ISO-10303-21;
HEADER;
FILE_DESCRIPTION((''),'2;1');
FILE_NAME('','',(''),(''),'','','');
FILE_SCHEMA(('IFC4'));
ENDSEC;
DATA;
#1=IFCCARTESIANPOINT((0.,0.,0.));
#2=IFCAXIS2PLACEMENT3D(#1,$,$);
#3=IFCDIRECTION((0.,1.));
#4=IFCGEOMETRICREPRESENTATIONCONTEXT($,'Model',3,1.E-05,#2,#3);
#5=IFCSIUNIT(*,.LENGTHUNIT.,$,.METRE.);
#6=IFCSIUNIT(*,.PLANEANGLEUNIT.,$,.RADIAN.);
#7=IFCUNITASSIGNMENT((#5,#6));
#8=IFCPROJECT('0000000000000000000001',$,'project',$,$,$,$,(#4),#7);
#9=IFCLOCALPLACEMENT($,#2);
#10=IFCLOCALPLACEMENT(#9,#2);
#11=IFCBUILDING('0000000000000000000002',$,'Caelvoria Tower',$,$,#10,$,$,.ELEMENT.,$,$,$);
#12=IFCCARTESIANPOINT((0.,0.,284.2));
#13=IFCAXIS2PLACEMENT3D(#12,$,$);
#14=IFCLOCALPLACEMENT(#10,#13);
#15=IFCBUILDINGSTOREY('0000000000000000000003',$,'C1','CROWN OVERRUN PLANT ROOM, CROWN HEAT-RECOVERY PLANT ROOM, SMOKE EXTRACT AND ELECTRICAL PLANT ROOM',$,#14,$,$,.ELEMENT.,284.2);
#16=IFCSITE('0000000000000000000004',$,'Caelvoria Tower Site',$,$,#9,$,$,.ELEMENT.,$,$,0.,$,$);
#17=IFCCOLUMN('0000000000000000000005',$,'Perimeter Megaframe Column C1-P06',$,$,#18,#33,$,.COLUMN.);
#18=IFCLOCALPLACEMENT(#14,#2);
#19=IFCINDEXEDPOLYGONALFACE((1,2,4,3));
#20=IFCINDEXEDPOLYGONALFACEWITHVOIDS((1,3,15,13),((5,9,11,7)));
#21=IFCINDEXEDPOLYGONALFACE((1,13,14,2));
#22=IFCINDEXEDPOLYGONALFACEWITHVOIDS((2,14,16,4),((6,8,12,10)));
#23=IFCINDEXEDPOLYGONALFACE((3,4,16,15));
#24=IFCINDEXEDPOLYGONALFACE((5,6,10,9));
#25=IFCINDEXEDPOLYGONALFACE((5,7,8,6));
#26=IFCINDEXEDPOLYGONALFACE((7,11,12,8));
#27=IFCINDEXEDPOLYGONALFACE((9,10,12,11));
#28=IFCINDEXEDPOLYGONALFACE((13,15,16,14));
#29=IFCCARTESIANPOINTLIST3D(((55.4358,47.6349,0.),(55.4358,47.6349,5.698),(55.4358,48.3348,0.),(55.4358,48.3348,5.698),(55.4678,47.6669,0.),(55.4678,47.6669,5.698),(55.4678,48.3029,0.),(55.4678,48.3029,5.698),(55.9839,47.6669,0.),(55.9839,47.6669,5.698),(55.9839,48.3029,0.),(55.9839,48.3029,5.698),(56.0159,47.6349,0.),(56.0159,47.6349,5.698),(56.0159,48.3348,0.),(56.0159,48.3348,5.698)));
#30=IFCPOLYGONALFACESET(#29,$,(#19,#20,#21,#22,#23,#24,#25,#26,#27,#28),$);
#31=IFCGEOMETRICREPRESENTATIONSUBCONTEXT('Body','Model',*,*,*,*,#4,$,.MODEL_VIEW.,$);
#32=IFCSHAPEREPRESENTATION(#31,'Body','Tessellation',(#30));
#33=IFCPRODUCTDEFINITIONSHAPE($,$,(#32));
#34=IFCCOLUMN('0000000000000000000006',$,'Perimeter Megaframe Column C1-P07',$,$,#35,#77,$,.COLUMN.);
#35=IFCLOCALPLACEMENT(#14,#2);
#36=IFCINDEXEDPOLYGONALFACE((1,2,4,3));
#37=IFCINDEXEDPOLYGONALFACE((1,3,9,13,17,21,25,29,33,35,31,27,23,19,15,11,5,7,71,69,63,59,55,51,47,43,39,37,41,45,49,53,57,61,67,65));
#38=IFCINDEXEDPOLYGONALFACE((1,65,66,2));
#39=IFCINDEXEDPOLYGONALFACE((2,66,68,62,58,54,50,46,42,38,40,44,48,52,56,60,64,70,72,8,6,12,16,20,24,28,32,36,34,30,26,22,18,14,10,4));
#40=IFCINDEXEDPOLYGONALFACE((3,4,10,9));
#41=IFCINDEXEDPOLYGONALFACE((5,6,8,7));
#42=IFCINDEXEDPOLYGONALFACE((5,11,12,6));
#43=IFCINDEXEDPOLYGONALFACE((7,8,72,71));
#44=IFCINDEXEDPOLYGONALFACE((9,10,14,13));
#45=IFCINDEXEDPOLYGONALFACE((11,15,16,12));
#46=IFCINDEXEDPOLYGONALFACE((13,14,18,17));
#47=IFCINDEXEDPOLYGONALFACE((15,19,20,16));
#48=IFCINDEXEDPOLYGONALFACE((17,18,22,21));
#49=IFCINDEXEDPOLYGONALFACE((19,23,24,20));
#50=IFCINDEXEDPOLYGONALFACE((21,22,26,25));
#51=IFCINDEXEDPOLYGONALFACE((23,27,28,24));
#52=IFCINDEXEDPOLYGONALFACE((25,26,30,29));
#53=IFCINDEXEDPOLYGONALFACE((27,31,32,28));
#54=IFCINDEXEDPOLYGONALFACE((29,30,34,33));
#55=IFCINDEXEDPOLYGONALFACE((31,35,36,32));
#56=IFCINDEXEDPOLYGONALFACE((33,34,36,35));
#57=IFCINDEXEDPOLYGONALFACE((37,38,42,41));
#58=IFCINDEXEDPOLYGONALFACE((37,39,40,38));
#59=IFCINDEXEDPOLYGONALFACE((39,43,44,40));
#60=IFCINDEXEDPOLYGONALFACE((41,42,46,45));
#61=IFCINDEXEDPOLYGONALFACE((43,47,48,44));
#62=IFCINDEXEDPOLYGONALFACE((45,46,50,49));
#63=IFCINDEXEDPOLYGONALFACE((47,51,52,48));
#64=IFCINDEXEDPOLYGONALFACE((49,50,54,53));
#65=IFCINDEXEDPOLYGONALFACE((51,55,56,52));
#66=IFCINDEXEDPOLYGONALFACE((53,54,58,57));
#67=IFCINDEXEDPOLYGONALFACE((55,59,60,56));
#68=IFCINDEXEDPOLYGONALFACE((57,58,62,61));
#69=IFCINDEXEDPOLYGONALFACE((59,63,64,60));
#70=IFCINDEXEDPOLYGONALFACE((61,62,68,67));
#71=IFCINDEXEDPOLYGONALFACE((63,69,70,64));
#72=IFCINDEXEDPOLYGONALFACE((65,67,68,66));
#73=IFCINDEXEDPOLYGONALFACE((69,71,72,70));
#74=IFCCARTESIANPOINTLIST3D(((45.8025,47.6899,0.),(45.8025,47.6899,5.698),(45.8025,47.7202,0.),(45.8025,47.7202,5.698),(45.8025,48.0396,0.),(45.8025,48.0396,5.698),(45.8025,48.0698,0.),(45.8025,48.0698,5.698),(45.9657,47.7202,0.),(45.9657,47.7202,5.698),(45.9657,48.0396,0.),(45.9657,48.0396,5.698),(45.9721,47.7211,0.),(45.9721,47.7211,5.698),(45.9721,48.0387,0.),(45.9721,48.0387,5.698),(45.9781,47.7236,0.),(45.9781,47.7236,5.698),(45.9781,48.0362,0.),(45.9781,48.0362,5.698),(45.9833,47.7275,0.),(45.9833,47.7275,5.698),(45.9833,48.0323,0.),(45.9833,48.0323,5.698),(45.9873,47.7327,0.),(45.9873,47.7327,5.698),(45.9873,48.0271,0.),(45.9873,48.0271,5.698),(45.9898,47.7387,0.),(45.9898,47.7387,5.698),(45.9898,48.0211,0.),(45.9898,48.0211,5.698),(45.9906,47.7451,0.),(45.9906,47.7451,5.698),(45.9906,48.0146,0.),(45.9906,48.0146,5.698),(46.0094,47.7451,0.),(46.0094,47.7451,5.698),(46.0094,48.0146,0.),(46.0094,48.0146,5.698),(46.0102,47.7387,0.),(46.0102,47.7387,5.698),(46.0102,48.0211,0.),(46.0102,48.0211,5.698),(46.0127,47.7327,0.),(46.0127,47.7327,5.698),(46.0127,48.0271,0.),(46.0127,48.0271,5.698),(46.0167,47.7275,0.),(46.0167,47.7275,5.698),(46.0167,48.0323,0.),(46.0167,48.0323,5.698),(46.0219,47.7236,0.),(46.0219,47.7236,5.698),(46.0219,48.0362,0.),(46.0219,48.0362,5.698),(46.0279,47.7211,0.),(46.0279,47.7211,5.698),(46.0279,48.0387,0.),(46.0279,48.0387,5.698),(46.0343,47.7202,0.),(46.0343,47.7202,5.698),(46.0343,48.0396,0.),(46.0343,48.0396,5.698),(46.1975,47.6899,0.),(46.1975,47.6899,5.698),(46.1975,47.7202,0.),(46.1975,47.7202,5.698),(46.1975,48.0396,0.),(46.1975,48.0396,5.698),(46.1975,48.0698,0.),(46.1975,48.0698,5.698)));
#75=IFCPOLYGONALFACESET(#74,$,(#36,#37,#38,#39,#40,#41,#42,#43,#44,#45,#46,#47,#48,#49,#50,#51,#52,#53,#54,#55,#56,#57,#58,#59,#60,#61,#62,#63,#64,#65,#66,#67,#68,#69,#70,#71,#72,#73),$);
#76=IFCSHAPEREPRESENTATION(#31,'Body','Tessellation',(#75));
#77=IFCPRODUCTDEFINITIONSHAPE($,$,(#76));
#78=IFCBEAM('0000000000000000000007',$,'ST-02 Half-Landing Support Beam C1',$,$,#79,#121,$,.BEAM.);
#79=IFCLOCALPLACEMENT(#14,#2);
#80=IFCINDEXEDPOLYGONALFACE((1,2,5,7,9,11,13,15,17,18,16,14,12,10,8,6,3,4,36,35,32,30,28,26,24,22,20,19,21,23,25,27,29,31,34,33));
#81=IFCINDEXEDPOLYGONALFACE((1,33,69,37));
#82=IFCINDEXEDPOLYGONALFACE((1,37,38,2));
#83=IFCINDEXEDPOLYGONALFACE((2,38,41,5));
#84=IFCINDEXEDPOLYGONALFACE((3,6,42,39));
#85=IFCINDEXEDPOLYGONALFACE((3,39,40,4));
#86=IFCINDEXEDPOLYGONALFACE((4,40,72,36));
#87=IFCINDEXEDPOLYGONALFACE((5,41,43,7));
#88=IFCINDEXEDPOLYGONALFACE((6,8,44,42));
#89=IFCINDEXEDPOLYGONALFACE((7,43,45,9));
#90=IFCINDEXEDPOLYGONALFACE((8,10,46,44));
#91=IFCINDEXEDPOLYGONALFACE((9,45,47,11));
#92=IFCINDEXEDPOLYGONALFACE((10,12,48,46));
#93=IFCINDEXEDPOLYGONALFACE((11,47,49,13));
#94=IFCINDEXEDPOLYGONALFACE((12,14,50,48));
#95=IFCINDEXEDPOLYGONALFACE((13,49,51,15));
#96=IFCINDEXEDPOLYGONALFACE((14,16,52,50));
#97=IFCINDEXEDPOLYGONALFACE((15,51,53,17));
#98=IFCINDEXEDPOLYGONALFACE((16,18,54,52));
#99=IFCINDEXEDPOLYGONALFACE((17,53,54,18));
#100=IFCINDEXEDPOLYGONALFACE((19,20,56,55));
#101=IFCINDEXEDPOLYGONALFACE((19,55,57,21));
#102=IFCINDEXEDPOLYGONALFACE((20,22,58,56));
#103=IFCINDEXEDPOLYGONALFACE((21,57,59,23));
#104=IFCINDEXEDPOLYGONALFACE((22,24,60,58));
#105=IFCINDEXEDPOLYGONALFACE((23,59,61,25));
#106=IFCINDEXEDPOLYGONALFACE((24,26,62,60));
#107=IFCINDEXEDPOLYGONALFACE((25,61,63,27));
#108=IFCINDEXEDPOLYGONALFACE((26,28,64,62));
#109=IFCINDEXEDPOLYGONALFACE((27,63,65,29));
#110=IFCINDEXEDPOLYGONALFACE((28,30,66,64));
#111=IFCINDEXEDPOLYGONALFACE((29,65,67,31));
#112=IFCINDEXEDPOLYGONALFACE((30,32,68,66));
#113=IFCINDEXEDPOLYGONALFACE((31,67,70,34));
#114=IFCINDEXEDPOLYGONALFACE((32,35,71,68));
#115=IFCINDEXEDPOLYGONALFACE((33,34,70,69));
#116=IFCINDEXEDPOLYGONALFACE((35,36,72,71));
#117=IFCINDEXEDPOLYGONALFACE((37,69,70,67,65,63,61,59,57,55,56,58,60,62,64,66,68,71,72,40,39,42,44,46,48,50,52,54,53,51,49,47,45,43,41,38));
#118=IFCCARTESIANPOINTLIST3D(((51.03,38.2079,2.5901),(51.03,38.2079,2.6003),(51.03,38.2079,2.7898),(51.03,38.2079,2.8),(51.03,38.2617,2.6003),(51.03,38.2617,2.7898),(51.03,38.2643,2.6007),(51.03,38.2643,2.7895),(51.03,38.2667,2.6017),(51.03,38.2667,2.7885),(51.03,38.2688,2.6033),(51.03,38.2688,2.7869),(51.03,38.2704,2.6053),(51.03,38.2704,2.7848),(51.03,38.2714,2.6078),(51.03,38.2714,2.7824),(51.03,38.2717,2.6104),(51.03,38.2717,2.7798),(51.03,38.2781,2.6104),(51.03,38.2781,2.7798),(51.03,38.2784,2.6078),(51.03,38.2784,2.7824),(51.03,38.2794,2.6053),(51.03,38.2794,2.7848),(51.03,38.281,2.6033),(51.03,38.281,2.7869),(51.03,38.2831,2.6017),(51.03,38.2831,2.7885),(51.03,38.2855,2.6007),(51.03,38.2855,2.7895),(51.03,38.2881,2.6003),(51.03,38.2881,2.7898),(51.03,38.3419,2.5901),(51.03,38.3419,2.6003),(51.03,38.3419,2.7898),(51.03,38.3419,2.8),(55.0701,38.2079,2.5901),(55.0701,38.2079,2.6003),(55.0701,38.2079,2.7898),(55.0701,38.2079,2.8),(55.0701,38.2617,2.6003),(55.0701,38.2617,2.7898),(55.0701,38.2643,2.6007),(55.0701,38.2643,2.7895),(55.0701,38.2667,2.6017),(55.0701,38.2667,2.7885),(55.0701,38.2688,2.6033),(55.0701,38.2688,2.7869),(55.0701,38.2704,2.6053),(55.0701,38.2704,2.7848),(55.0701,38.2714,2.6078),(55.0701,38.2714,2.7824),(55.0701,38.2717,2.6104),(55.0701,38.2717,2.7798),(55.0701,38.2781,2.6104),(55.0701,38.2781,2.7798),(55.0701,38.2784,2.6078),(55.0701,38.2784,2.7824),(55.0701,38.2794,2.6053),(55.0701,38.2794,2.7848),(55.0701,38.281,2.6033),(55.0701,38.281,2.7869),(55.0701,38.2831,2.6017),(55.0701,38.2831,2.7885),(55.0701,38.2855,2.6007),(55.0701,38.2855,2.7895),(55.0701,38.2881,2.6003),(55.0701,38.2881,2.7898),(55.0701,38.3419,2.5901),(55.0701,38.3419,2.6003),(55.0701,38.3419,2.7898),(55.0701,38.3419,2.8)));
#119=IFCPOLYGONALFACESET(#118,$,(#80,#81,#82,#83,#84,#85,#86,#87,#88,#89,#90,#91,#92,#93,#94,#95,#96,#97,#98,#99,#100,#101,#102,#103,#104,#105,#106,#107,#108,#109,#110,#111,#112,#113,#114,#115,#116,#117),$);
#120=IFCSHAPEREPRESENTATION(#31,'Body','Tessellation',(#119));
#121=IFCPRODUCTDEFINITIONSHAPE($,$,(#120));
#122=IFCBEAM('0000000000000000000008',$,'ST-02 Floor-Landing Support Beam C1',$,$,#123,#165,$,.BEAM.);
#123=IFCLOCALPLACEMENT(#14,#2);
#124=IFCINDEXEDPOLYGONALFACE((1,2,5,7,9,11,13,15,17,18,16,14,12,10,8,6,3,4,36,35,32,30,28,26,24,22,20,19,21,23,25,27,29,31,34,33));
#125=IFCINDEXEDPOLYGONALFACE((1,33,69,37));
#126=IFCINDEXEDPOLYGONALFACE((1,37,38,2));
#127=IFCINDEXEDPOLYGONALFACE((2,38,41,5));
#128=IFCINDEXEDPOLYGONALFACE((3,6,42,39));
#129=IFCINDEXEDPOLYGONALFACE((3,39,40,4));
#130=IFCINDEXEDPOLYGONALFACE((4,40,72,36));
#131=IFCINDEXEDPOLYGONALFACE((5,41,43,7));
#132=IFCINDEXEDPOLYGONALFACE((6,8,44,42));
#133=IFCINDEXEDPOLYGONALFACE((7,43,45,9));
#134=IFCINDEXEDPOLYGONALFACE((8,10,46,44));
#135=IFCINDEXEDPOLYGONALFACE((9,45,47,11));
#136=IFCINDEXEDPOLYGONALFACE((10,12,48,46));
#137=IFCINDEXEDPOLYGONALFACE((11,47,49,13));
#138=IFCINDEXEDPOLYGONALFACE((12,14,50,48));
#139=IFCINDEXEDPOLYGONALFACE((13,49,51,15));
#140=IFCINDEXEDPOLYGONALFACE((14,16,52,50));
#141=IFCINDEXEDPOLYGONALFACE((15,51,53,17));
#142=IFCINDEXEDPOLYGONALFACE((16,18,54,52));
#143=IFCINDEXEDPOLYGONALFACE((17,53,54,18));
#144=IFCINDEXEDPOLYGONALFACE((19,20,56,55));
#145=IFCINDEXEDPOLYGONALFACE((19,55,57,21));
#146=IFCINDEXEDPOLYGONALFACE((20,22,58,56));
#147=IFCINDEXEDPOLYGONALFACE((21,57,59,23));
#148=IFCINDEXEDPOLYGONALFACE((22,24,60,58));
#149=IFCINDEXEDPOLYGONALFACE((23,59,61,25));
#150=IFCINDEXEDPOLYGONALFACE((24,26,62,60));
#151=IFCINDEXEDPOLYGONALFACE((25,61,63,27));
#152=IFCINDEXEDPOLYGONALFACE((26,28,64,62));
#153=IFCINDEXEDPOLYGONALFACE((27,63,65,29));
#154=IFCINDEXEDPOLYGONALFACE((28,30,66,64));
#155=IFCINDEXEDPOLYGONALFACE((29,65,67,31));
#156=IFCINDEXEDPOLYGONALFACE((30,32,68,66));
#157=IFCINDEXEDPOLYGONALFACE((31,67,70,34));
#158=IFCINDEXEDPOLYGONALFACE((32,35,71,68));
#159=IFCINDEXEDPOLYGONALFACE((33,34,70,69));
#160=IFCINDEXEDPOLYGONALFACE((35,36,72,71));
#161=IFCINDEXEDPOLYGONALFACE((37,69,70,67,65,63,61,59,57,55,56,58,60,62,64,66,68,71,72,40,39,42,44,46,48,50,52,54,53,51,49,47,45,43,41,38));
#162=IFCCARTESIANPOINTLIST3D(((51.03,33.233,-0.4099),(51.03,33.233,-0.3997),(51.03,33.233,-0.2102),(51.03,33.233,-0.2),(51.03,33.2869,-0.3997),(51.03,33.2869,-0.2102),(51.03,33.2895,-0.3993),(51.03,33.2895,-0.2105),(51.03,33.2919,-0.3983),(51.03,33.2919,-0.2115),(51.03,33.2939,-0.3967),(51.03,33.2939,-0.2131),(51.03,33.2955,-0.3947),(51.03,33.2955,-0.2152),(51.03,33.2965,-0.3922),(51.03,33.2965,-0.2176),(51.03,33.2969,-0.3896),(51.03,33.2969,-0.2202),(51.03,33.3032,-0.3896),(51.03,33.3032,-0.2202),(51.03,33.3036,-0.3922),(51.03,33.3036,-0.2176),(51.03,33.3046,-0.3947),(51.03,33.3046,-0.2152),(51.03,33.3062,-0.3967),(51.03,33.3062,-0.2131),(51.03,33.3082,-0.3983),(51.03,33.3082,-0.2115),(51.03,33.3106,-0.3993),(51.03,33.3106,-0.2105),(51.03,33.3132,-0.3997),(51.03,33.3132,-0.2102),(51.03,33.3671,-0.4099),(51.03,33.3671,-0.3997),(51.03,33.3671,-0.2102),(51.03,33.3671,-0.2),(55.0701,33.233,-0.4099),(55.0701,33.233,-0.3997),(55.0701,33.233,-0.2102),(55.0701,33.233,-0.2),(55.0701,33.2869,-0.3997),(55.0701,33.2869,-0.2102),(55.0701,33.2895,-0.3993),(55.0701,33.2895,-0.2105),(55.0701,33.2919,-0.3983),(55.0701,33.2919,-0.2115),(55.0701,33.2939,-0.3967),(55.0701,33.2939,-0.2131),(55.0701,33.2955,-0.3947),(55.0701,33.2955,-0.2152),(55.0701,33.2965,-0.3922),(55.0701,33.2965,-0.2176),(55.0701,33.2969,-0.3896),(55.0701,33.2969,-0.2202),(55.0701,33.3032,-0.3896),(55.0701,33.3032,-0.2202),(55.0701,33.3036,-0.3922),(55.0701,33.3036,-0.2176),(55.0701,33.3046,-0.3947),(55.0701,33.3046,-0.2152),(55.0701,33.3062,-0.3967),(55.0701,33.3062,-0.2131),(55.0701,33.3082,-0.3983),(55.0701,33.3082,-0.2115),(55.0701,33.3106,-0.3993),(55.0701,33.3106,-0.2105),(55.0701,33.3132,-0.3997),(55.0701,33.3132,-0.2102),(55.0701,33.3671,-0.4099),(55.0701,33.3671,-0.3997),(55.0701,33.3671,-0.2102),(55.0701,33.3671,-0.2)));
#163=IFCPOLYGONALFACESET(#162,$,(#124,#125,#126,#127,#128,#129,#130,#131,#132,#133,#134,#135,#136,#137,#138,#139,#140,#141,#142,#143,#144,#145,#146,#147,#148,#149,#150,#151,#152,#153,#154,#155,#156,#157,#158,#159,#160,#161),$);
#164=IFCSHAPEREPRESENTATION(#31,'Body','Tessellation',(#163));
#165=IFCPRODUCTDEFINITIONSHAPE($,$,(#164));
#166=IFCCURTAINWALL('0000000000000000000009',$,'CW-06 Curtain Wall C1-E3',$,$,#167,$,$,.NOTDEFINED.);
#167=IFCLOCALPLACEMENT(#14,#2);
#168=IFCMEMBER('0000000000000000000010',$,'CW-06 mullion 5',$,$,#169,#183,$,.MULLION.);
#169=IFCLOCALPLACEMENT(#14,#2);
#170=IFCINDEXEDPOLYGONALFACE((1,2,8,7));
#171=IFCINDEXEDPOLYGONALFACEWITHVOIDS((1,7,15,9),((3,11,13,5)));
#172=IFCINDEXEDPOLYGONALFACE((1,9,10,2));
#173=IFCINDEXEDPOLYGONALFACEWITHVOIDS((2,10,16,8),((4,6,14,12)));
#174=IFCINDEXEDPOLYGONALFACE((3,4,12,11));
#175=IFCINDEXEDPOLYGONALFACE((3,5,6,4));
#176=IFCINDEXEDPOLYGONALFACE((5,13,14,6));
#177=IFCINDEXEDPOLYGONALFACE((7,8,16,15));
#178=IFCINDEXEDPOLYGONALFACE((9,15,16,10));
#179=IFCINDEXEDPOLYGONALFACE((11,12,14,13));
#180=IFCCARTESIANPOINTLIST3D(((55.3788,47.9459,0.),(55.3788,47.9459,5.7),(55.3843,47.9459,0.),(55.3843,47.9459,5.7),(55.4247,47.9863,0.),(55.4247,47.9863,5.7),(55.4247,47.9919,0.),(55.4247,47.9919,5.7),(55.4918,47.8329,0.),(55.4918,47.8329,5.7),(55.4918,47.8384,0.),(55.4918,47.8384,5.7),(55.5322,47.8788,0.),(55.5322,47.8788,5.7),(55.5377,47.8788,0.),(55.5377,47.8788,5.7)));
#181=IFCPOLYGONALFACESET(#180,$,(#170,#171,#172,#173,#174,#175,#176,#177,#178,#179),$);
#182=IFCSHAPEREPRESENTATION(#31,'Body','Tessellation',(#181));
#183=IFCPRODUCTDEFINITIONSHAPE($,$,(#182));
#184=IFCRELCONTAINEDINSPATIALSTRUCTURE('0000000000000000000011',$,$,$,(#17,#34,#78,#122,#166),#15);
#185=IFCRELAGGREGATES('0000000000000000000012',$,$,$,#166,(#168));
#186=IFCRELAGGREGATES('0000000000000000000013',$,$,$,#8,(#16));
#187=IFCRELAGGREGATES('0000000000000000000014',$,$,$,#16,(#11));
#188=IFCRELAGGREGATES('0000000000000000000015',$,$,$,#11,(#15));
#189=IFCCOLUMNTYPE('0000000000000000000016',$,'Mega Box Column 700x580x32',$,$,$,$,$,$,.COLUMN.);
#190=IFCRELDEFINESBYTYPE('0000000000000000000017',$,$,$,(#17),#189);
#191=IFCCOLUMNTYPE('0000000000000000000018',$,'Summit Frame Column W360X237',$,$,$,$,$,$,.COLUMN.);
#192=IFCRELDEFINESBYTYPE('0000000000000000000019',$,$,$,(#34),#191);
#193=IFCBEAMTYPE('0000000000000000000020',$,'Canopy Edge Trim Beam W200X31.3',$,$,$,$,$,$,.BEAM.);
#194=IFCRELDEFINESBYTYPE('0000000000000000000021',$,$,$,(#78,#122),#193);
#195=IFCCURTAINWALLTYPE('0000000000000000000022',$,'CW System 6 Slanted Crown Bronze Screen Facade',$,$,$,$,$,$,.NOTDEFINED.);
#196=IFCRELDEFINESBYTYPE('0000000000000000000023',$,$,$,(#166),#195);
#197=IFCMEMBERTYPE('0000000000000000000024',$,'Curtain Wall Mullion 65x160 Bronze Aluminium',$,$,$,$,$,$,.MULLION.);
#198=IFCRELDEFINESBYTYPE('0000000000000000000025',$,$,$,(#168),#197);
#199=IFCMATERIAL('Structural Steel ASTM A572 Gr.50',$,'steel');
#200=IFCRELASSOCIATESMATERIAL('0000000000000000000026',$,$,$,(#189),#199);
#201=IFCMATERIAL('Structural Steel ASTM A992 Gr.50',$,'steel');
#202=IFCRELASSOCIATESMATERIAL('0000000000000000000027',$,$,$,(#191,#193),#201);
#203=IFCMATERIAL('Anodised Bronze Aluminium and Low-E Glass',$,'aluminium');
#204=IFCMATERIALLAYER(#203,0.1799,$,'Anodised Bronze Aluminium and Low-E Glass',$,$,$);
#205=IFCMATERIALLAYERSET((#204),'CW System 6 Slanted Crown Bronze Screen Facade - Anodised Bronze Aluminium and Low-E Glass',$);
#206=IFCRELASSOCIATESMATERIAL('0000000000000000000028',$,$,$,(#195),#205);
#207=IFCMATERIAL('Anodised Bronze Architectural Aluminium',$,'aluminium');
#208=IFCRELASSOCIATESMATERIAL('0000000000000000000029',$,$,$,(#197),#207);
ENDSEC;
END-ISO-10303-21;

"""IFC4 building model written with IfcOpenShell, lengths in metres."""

from ifc_helpers import new_model, si_unit, direction, frame, origin, origin_2d, place, context, subcontext, project, spatial, hollow_rectangle, i_section, extrude, material, layer, layer_set, material_profile, profile_set, type_object, element, aggregate, save


model = new_model("IFC4")

# Units and contexts
model_context = context("Model", 3, precision=1e-05, world=origin(), true_north=direction((0.0, 1.0)))
body_context = subcontext(model_context, "Body", "Model", "MODEL_VIEW")
ifc_project = project(units=[si_unit("LENGTHUNIT", "METRE"), si_unit("PLANEANGLEUNIT", "RADIAN")], contexts=[model_context])

# Site, building, storey
site_placement = place(None, origin())
site = spatial("IfcSite", under=ifc_project, at=site_placement, Name="Caelvoria Tower Site", CompositionType="ELEMENT", RefElevation=0.0)
building_placement = place(site_placement, origin())
building = spatial("IfcBuilding", under=site, at=building_placement, Name="Caelvoria Tower", CompositionType="ELEMENT")
storey_placement = place(building_placement, frame((0.0, 0.0, 284.2)))
storey = spatial("IfcBuildingStorey", under=building, at=storey_placement, Name="C1", Description="CROWN OVERRUN PLANT ROOM, CROWN HEAT-RECOVERY PLANT ROOM, SMOKE EXTRACT AND ELECTRICAL PLANT ROOM", CompositionType="ELEMENT", Elevation=284.2)

# Columns
ifc_material_1 = material(Name="Structural Steel ASTM A572 Gr.50", Category="steel")
ifc_material_profile_1 = material_profile(ifc_material_1, hollow_rectangle(XDim=0.5801, YDim=0.7, WallThickness=0.032, at=origin_2d()), Name="Structural Steel ASTM A572 Gr.50")
ifc_profile_set_1 = profile_set([ifc_material_profile_1], Name="BOX700X580X32 - Structural Steel ASTM A572 Gr.50")
column_type_1 = type_object("IfcColumnType", Name="Mega Box Column 700x580x32", PredefinedType="COLUMN", material=ifc_profile_set_1)
column_1_placement = place(storey_placement, frame((55.7258, 47.9849, 0.0), z_axis=(0.0, 0.0, 1.0), x_axis=(1.0, 0.0, 0.0)))
element("IfcColumn", 1, at=column_1_placement, inside=storey, type_object=column_type_1, Name="Perimeter Megaframe Column C1-P06", PredefinedType="COLUMN", context=body_context, shape_type="SweptSolid", body=[
    extrude(hollow_rectangle(XDim=0.5801, YDim=0.7, WallThickness=0.032, at=origin_2d()), origin(), (0.0, 0.0, 1.0), 5.698),
])
ifc_material_2 = material(Name="Structural Steel ASTM A992 Gr.50", Category="steel")
ifc_material_profile_2 = material_profile(ifc_material_2, i_section(OverallWidth=0.395, OverallDepth=0.3799, WebThickness=0.0188, FlangeThickness=0.0303, FilletRadius=0.0249, at=origin_2d()), Name="Structural Steel ASTM A992 Gr.50")
ifc_profile_set_2 = profile_set([ifc_material_profile_2], Name="W360X237 - Structural Steel ASTM A992 Gr.50")
column_type_2 = type_object("IfcColumnType", Name="Summit Frame Column W360X237", PredefinedType="COLUMN", material=ifc_profile_set_2)
column_2_placement = place(storey_placement, frame((46.0, 47.8799, 0.0), z_axis=(0.0, 0.0, 1.0), x_axis=(1.0, 0.0, 0.0)))
element("IfcColumn", 2, at=column_2_placement, inside=storey, type_object=column_type_2, Name="Perimeter Megaframe Column C1-P07", PredefinedType="COLUMN", context=body_context, shape_type="SweptSolid", body=[
    extrude(i_section(OverallWidth=0.395, OverallDepth=0.3799, WebThickness=0.0188, FlangeThickness=0.0303, FilletRadius=0.0249, at=origin_2d()), origin(), (0.0, 0.0, 1.0), 5.698),
])

# Beams
ifc_material_profile_3 = material_profile(ifc_material_2, i_section(OverallWidth=0.134, OverallDepth=0.21, WebThickness=0.0063, FlangeThickness=0.0103, FilletRadius=0.01, at=origin_2d()), Name="Structural Steel ASTM A992 Gr.50")
ifc_profile_set_3 = profile_set([ifc_material_profile_3], Name="W200X31.3 - Structural Steel ASTM A992 Gr.50")
beam_type_1 = type_object("IfcBeamType", Name="Canopy Edge Trim Beam W200X31.3", PredefinedType="BEAM", material=ifc_profile_set_3)
for number, where, z_axis, x_axis, name in (
    (3, (51.03, 38.2749, 2.6951), (1.0, 0.0, 0.0), (0.0, 1.0, 0.0), "ST-02 Half-Landing Support Beam C1"),
    (4, (51.03, 33.3, -0.3049), (1.0, 0.0, 0.0), (0.0, 1.0, 0.0), "ST-02 Floor-Landing Support Beam C1"),
):
    element("IfcBeam", number, at=place(storey_placement, frame(where, z_axis=z_axis, x_axis=x_axis)), inside=storey, type_object=beam_type_1, Name=name, PredefinedType="BEAM", context=body_context, shape_type="SweptSolid", body=[
        extrude(i_section(OverallWidth=0.134, OverallDepth=0.21, WebThickness=0.0063, FlangeThickness=0.0103, FilletRadius=0.01, at=origin_2d()), origin(), (0.0, 0.0, 1.0), 4.04),
    ])

# Curtain wall, member
ifc_material_3 = material(Name="Anodised Bronze Aluminium and Low-E Glass", Category="aluminium")
ifc_layer_1 = layer(ifc_material_3, 0.1799, Name="Anodised Bronze Aluminium and Low-E Glass")
ifc_layer_set_1 = layer_set([ifc_layer_1], Name="CW System 6 Slanted Crown Bronze Screen Facade - Anodised Bronze Aluminium and Low-E Glass")
curtain_wall_type = type_object("IfcCurtainWallType", Name="CW System 6 Slanted Crown Bronze Screen Facade", PredefinedType="NOTDEFINED", material=ifc_layer_set_1)
curtain_wall_1_placement = place(storey_placement, origin())
curtain_wall_1 = element("IfcCurtainWall", 5, at=curtain_wall_1_placement, inside=storey, type_object=curtain_wall_type, Name="CW-06 Curtain Wall C1-E3", PredefinedType="NOTDEFINED")
ifc_material_4 = material(Name="Anodised Bronze Architectural Aluminium", Category="aluminium")
ifc_material_profile_4 = material_profile(ifc_material_4, hollow_rectangle(XDim=0.0649, YDim=0.1599, WallThickness=0.0039, at=origin_2d()), Name="Anodised Bronze Architectural Aluminium")
ifc_profile_set_4 = profile_set([ifc_material_profile_4], Name="CW_MULL_65X160 - Anodised Bronze Architectural Aluminium")
member_type_1 = type_object("IfcMemberType", Name="Curtain Wall Mullion 65x160 Bronze Aluminium", PredefinedType="MULLION", material=ifc_profile_set_4)
member_1_placement = place(storey_placement, frame((55.4583, 47.9124, 0.0), z_axis=(0.0, 0.0, 1.0), x_axis=(-0.707107, -0.707107, 0.0)))
member_1 = element("IfcMember", 6, at=member_1_placement, type_object=member_type_1, Name="CW-06 mullion 5", PredefinedType="MULLION", context=body_context, shape_type="SweptSolid", body=[
    extrude(hollow_rectangle(XDim=0.0649, YDim=0.1599, WallThickness=0.0039, at=origin_2d()), origin(), (0.0, 0.0, 1.0), 5.7),
])
aggregate(curtain_wall_1, [member_1])

save(model, "model.ifc")
